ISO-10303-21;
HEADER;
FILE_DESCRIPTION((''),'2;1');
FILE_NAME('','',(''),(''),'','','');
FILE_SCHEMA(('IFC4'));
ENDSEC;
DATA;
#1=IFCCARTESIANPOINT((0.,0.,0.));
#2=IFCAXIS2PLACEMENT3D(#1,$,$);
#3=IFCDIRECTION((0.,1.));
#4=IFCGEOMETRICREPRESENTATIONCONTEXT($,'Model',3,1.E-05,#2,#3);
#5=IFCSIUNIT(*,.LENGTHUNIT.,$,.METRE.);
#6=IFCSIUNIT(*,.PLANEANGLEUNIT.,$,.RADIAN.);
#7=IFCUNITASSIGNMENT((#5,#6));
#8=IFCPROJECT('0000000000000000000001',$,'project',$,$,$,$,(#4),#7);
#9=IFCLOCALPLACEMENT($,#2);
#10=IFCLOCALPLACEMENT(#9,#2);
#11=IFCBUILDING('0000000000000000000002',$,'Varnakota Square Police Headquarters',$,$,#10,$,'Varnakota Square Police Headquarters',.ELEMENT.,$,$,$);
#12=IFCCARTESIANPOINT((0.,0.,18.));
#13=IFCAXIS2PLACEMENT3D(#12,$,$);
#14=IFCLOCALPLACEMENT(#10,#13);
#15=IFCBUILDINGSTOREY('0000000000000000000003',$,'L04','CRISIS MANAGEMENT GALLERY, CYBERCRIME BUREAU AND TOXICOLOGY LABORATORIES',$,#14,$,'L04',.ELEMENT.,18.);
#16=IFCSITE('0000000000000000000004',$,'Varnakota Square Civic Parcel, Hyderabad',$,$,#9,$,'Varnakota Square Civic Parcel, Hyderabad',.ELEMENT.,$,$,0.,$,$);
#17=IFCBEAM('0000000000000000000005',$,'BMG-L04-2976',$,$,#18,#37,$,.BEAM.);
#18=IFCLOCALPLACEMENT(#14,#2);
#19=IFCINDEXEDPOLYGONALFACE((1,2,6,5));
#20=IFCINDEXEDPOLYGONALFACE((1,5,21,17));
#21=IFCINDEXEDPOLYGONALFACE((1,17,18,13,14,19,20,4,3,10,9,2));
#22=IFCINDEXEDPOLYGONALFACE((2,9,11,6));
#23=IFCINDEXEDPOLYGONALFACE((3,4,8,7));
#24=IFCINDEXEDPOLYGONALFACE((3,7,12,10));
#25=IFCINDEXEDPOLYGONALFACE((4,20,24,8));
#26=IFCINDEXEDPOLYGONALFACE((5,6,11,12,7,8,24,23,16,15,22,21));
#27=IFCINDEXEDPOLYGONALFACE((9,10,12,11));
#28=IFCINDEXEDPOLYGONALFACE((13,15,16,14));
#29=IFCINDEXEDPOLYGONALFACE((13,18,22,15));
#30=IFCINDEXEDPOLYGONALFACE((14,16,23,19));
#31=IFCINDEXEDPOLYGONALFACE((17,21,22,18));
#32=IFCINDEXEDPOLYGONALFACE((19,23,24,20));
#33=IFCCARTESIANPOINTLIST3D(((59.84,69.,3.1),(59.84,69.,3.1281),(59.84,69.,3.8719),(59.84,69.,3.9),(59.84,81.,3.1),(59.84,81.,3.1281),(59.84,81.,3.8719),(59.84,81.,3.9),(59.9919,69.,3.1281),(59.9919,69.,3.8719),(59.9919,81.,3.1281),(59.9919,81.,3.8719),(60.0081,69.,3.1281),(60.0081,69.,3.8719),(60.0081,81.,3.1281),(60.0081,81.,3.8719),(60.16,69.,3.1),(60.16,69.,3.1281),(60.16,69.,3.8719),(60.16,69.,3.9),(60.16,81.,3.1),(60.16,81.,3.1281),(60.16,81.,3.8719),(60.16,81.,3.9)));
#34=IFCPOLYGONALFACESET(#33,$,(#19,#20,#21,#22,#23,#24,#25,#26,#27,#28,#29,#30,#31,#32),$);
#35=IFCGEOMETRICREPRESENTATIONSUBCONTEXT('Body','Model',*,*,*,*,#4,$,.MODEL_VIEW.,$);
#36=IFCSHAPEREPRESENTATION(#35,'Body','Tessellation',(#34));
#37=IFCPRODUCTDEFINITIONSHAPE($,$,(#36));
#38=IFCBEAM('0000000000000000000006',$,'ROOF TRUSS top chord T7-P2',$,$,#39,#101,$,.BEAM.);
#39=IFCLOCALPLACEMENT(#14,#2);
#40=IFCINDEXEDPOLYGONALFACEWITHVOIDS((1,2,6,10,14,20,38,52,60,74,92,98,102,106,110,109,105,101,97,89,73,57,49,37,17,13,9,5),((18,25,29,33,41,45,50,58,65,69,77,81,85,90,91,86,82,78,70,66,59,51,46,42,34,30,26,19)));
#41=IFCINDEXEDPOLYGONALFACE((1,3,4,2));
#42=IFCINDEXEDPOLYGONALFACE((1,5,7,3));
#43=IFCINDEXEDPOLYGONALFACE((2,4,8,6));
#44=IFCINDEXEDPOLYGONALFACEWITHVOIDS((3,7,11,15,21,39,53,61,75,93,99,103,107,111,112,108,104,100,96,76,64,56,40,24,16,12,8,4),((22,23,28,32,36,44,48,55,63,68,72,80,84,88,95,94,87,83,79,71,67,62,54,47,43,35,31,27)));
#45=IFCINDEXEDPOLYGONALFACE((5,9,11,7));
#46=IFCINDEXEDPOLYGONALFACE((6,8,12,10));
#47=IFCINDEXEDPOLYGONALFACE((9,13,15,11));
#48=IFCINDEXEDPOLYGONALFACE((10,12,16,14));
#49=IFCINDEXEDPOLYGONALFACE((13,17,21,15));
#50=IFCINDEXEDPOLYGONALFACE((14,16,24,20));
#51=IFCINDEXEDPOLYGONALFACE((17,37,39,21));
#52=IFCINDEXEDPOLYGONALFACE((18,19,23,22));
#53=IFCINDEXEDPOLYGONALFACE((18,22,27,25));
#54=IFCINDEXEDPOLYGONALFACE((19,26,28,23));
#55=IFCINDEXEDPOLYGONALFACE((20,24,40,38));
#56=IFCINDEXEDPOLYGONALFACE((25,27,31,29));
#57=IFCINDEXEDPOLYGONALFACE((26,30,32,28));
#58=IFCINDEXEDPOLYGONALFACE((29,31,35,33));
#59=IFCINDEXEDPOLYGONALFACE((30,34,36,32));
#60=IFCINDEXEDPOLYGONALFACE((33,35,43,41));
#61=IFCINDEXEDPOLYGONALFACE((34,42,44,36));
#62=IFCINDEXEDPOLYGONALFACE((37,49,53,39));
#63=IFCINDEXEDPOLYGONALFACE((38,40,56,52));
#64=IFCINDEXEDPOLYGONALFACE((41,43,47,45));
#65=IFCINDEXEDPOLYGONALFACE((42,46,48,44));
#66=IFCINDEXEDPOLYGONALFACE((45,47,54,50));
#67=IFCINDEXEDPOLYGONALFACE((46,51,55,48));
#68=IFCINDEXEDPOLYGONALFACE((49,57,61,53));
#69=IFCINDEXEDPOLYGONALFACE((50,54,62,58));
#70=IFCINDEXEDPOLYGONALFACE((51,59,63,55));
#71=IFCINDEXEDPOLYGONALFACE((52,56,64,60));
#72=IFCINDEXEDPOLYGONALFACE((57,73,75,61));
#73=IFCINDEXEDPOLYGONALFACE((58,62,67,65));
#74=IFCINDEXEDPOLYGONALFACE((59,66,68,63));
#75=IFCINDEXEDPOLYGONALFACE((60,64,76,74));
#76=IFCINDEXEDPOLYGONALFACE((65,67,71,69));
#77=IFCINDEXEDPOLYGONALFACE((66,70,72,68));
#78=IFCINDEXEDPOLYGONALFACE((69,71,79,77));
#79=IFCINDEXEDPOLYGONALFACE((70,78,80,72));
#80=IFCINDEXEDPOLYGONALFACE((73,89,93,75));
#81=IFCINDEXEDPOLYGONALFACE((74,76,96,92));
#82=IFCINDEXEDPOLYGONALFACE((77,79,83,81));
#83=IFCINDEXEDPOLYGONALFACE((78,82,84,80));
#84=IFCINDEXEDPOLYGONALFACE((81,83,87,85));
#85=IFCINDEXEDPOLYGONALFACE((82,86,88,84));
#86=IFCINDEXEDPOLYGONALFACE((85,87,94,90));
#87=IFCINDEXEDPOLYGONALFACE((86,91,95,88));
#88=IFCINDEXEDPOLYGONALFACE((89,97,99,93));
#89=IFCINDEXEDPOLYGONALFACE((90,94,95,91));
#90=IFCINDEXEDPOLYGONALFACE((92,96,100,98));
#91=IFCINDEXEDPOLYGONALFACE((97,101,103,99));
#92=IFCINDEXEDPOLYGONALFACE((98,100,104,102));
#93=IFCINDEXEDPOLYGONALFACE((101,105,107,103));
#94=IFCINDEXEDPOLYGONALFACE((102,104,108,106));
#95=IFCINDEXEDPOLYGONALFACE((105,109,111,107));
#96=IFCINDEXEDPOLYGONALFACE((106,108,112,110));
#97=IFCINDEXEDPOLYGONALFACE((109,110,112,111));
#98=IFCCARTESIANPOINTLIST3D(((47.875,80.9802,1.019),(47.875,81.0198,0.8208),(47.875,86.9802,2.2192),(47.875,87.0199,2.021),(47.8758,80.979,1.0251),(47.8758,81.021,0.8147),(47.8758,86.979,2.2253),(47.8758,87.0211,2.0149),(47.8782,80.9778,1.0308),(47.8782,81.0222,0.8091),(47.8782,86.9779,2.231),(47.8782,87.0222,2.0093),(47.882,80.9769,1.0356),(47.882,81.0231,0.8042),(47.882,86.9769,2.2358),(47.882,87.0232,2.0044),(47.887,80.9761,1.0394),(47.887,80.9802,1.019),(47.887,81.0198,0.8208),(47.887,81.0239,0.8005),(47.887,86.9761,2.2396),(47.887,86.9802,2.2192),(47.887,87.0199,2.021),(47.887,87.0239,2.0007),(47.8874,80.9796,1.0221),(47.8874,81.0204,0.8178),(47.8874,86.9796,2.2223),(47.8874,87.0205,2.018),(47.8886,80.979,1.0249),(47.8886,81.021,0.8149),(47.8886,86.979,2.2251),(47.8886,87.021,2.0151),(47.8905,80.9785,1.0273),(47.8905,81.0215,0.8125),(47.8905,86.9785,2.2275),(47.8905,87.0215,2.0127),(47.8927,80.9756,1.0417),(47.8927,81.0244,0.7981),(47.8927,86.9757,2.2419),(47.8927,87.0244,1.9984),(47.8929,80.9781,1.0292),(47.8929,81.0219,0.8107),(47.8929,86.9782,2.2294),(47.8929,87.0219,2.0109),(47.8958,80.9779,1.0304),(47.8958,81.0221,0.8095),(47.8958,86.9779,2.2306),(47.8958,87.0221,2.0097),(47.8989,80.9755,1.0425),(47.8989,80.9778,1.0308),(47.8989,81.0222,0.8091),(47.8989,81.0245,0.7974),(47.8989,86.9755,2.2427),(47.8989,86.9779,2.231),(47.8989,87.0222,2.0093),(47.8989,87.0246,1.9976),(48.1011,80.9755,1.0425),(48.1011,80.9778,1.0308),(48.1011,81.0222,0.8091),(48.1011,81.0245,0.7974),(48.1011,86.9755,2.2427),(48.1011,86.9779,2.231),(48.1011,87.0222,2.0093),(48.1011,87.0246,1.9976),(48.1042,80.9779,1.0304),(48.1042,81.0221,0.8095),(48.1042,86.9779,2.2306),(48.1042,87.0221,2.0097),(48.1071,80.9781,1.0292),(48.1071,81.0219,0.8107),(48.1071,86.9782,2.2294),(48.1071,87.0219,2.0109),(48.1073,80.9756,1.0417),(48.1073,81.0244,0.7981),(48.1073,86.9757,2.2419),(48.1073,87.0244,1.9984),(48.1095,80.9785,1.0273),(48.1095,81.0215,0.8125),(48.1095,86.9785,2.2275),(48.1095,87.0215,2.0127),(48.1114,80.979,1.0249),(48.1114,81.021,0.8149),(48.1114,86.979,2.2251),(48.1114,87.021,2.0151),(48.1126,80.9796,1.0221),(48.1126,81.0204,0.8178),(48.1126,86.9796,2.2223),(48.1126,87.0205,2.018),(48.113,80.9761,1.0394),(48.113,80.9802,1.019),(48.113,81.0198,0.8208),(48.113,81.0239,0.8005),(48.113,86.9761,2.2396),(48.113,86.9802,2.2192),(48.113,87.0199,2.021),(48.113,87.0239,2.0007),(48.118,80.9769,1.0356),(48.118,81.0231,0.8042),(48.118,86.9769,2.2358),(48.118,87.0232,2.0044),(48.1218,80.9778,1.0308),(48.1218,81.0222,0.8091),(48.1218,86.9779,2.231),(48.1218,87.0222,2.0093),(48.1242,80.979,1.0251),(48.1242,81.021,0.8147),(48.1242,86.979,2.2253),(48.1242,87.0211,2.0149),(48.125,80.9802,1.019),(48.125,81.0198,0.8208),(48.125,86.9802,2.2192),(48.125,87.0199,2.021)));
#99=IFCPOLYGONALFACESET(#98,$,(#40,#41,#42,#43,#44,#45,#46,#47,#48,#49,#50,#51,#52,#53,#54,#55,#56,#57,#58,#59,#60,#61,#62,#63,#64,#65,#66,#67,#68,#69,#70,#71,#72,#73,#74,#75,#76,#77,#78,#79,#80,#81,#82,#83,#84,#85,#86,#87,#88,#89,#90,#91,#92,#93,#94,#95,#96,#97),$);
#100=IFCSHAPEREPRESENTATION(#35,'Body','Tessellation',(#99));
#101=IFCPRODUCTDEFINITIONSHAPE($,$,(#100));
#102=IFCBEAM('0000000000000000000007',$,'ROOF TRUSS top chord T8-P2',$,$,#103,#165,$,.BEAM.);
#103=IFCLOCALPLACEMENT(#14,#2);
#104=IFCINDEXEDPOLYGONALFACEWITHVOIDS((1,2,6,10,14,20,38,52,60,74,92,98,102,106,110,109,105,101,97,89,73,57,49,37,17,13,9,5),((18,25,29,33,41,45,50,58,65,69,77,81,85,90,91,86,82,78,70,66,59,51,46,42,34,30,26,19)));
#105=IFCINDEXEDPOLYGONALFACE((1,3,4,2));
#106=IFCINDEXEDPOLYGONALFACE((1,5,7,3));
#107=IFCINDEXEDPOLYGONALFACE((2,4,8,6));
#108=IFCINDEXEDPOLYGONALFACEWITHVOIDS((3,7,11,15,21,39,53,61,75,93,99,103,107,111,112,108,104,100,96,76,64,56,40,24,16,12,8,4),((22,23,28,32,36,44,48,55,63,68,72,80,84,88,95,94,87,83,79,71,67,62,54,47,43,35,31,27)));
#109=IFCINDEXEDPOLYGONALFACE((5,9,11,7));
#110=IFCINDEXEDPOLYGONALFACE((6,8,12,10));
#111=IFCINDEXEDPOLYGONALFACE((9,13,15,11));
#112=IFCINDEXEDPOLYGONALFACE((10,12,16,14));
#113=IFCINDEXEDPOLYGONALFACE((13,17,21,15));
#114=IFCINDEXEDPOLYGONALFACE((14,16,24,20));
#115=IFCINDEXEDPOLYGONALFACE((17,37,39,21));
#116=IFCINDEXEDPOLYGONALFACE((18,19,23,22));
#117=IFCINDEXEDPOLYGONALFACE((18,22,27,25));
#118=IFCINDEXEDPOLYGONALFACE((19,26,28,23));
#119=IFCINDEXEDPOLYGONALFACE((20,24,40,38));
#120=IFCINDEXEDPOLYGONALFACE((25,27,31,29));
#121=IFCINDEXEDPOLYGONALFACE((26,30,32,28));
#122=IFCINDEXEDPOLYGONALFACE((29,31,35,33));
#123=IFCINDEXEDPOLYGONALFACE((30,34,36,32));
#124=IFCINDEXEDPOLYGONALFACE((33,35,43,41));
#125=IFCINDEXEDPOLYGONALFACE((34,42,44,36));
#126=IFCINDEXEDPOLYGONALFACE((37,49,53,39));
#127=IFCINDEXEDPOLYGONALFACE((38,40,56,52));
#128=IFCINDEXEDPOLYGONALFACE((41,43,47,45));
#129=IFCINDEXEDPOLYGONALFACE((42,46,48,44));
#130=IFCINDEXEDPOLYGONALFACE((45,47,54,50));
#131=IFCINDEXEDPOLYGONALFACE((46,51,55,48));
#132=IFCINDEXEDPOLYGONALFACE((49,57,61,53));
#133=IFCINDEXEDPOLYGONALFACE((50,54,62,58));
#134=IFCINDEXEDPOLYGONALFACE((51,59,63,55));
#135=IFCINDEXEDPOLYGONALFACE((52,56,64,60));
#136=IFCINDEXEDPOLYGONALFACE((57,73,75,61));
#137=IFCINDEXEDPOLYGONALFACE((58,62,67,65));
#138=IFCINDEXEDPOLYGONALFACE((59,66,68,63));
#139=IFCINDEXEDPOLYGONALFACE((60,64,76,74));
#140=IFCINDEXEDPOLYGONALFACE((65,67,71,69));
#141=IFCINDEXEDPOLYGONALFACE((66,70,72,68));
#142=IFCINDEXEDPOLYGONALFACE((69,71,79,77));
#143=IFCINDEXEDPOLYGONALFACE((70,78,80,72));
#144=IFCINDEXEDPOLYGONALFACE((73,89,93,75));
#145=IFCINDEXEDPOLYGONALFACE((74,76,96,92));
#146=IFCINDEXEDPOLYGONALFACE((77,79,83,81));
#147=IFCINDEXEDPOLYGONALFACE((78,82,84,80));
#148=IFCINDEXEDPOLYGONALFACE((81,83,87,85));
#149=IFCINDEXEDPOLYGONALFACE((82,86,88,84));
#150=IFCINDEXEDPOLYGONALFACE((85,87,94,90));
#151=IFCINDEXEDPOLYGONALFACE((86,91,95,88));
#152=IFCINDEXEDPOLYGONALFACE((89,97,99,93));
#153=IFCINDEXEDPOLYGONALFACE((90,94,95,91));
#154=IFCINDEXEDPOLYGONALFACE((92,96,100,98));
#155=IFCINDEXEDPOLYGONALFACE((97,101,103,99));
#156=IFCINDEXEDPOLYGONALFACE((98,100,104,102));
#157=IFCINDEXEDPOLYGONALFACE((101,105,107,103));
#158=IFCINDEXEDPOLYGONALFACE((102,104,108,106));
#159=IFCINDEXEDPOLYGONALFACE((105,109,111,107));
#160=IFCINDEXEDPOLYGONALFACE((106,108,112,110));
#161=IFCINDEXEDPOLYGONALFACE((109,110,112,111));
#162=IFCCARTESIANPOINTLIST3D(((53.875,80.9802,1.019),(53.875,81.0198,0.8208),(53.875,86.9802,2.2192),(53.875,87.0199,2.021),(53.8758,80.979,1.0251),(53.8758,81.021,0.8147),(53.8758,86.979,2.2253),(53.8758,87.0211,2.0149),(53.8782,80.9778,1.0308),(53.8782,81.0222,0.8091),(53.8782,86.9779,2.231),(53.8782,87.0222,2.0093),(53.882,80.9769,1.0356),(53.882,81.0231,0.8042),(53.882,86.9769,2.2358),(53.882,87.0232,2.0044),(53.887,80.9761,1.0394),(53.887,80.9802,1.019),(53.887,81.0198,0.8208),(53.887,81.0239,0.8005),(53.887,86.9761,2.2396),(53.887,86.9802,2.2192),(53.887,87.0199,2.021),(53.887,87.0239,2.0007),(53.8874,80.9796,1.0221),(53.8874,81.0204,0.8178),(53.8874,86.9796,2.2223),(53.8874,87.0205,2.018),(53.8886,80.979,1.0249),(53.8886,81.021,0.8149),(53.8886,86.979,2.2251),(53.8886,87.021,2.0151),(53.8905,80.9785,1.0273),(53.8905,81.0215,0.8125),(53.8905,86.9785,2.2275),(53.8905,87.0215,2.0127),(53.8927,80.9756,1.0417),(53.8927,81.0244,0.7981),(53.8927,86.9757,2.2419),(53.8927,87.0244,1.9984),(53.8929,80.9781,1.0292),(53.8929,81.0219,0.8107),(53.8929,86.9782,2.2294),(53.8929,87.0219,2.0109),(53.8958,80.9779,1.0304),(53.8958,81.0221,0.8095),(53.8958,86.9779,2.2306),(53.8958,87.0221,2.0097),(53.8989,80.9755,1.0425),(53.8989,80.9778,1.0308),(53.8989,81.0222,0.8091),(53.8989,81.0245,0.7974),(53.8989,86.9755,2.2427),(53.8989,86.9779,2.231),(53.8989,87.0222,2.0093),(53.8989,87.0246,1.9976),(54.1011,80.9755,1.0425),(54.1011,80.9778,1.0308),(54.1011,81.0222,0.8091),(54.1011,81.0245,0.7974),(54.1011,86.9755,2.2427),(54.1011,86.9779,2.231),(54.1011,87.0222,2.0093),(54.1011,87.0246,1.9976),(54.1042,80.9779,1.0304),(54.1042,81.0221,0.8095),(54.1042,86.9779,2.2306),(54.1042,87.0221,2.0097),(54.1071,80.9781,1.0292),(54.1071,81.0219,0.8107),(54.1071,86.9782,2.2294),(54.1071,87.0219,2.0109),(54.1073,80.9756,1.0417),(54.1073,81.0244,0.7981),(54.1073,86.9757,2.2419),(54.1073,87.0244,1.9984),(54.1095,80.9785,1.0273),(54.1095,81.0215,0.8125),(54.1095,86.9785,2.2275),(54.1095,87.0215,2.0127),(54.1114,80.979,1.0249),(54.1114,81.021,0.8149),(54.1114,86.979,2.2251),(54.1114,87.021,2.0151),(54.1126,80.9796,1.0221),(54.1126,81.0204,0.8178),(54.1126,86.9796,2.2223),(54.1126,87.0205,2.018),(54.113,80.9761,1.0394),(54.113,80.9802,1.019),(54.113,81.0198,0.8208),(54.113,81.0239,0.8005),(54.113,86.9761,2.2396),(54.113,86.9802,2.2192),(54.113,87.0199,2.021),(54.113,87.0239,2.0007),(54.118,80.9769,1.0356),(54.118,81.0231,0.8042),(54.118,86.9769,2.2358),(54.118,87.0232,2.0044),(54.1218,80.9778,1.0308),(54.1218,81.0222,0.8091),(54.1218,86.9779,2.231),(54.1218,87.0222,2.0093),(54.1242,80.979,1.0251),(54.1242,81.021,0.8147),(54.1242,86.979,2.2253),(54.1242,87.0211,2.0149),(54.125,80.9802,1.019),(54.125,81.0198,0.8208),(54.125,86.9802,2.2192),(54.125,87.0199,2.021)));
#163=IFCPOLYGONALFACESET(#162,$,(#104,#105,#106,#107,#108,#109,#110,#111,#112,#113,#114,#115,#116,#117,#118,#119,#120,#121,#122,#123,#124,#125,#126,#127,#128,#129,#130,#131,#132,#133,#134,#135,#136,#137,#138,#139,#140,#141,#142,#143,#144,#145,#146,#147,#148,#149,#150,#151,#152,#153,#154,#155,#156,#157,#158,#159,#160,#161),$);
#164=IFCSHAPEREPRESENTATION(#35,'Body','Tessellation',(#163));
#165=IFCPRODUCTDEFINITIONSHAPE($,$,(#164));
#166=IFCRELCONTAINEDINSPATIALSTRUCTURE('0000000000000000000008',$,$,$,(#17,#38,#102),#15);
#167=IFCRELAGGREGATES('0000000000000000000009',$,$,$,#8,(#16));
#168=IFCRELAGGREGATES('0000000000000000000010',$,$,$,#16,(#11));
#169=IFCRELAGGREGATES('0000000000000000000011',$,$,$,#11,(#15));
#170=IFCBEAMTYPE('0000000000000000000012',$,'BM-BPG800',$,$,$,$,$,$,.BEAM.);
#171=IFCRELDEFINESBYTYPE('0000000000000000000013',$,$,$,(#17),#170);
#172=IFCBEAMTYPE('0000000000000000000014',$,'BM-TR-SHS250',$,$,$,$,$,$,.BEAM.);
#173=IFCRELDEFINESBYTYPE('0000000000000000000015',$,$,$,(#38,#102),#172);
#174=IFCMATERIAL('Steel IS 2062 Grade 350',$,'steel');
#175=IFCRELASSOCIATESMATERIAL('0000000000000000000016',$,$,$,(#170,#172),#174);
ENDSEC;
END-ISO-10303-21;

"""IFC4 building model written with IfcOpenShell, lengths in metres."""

from ifc_helpers import new_model, si_unit, direction, frame, origin, origin_2d, place, context, subcontext, project, spatial, hollow_rectangle, i_section, extrude, material, material_profile, profile_set, type_object, element, save


model = new_model("IFC4")

# Units and contexts
model_context = context("Model", 3, precision=1e-05, world=origin(), true_north=direction((0.0, 1.0)))
body_context = subcontext(model_context, "Body", "Model", "MODEL_VIEW")
ifc_project = project(units=[si_unit("LENGTHUNIT", "METRE"), si_unit("PLANEANGLEUNIT", "RADIAN")], contexts=[model_context])

# Site, building, storey
site_placement = place(None, origin())
site = spatial("IfcSite", under=ifc_project, at=site_placement, Name="Varnakota Square Civic Parcel, Hyderabad", LongName="Varnakota Square Civic Parcel, Hyderabad", CompositionType="ELEMENT", RefElevation=0.0)
building_placement = place(site_placement, origin())
building = spatial("IfcBuilding", under=site, at=building_placement, Name="Varnakota Square Police Headquarters", LongName="Varnakota Square Police Headquarters", CompositionType="ELEMENT")
storey_placement = place(building_placement, frame((0.0, 0.0, 18.0)))
storey = spatial("IfcBuildingStorey", under=building, at=storey_placement, Name="L04", Description="CRISIS MANAGEMENT GALLERY, CYBERCRIME BUREAU AND TOXICOLOGY LABORATORIES", LongName="L04", CompositionType="ELEMENT", Elevation=18.0)

# Shared definitions
ifc_material_1 = material(Name="Steel IS 2062 Grade 350", Category="steel")

# Beams
ifc_material_profile_1 = material_profile(ifc_material_1, i_section(OverallWidth=0.3201, OverallDepth=0.8, WebThickness=0.0161, FlangeThickness=0.0281, at=origin_2d()), Name="BPG 800x320")
ifc_profile_set_1 = profile_set([ifc_material_profile_1], Name="Steel IS 2062 Grade 350")
beam_type_1 = type_object("IfcBeamType", Name="BM-BPG800", PredefinedType="BEAM", material=ifc_profile_set_1)
beam_1_placement = place(storey_placement, frame((60.0, 69.0, 3.5), z_axis=(0.0, 1.0, 0.0), x_axis=(-1.0, 0.0, 0.0)))
element("IfcBeam", 1, at=beam_1_placement, inside=storey, type_object=beam_type_1, Name="BMG-L04-2976", PredefinedType="BEAM", context=body_context, shape_type="SweptSolid", body=[
    extrude(i_section(OverallWidth=0.3201, OverallDepth=0.8, WebThickness=0.0161, FlangeThickness=0.0281, at=origin_2d()), origin(), (0.0, 0.0, 1.0), 12.0),
])
ifc_material_profile_2 = material_profile(ifc_material_1, hollow_rectangle(XDim=0.25, YDim=0.25, WallThickness=0.012, InnerFilletRadius=0.012, OuterFilletRadius=0.0239, at=origin_2d()), Name="SHS 250x250x12")
ifc_profile_set_2 = profile_set([ifc_material_profile_2], Name="Steel IS 2062 Grade 350")
beam_type_2 = type_object("IfcBeamType", Name="BM-TR-SHS250", PredefinedType="BEAM", material=ifc_profile_set_2)
for number, where, z_axis, x_axis, name in (
    (2, (48.0, 81.0, 0.9199), (0.0, 0.980575, 0.196147), (-1.0, 0.0, 0.0), "ROOF TRUSS top chord T7-P2"),
    (3, (54.0, 81.0, 0.9199), (0.0, 0.980575, 0.196147), (-1.0, 0.0, 0.0), "ROOF TRUSS top chord T8-P2"),
):
    element("IfcBeam", number, at=place(storey_placement, frame(where, z_axis=z_axis, x_axis=x_axis)), inside=storey, type_object=beam_type_2, Name=name, PredefinedType="BEAM", context=body_context, shape_type="SweptSolid", body=[
        extrude(hollow_rectangle(XDim=0.25, YDim=0.25, WallThickness=0.012, InnerFilletRadius=0.012, OuterFilletRadius=0.0239, at=origin_2d()), origin(), (0.0, 0.0, 1.0), 6.1189),
    ])

save(model, "model.ifc")
